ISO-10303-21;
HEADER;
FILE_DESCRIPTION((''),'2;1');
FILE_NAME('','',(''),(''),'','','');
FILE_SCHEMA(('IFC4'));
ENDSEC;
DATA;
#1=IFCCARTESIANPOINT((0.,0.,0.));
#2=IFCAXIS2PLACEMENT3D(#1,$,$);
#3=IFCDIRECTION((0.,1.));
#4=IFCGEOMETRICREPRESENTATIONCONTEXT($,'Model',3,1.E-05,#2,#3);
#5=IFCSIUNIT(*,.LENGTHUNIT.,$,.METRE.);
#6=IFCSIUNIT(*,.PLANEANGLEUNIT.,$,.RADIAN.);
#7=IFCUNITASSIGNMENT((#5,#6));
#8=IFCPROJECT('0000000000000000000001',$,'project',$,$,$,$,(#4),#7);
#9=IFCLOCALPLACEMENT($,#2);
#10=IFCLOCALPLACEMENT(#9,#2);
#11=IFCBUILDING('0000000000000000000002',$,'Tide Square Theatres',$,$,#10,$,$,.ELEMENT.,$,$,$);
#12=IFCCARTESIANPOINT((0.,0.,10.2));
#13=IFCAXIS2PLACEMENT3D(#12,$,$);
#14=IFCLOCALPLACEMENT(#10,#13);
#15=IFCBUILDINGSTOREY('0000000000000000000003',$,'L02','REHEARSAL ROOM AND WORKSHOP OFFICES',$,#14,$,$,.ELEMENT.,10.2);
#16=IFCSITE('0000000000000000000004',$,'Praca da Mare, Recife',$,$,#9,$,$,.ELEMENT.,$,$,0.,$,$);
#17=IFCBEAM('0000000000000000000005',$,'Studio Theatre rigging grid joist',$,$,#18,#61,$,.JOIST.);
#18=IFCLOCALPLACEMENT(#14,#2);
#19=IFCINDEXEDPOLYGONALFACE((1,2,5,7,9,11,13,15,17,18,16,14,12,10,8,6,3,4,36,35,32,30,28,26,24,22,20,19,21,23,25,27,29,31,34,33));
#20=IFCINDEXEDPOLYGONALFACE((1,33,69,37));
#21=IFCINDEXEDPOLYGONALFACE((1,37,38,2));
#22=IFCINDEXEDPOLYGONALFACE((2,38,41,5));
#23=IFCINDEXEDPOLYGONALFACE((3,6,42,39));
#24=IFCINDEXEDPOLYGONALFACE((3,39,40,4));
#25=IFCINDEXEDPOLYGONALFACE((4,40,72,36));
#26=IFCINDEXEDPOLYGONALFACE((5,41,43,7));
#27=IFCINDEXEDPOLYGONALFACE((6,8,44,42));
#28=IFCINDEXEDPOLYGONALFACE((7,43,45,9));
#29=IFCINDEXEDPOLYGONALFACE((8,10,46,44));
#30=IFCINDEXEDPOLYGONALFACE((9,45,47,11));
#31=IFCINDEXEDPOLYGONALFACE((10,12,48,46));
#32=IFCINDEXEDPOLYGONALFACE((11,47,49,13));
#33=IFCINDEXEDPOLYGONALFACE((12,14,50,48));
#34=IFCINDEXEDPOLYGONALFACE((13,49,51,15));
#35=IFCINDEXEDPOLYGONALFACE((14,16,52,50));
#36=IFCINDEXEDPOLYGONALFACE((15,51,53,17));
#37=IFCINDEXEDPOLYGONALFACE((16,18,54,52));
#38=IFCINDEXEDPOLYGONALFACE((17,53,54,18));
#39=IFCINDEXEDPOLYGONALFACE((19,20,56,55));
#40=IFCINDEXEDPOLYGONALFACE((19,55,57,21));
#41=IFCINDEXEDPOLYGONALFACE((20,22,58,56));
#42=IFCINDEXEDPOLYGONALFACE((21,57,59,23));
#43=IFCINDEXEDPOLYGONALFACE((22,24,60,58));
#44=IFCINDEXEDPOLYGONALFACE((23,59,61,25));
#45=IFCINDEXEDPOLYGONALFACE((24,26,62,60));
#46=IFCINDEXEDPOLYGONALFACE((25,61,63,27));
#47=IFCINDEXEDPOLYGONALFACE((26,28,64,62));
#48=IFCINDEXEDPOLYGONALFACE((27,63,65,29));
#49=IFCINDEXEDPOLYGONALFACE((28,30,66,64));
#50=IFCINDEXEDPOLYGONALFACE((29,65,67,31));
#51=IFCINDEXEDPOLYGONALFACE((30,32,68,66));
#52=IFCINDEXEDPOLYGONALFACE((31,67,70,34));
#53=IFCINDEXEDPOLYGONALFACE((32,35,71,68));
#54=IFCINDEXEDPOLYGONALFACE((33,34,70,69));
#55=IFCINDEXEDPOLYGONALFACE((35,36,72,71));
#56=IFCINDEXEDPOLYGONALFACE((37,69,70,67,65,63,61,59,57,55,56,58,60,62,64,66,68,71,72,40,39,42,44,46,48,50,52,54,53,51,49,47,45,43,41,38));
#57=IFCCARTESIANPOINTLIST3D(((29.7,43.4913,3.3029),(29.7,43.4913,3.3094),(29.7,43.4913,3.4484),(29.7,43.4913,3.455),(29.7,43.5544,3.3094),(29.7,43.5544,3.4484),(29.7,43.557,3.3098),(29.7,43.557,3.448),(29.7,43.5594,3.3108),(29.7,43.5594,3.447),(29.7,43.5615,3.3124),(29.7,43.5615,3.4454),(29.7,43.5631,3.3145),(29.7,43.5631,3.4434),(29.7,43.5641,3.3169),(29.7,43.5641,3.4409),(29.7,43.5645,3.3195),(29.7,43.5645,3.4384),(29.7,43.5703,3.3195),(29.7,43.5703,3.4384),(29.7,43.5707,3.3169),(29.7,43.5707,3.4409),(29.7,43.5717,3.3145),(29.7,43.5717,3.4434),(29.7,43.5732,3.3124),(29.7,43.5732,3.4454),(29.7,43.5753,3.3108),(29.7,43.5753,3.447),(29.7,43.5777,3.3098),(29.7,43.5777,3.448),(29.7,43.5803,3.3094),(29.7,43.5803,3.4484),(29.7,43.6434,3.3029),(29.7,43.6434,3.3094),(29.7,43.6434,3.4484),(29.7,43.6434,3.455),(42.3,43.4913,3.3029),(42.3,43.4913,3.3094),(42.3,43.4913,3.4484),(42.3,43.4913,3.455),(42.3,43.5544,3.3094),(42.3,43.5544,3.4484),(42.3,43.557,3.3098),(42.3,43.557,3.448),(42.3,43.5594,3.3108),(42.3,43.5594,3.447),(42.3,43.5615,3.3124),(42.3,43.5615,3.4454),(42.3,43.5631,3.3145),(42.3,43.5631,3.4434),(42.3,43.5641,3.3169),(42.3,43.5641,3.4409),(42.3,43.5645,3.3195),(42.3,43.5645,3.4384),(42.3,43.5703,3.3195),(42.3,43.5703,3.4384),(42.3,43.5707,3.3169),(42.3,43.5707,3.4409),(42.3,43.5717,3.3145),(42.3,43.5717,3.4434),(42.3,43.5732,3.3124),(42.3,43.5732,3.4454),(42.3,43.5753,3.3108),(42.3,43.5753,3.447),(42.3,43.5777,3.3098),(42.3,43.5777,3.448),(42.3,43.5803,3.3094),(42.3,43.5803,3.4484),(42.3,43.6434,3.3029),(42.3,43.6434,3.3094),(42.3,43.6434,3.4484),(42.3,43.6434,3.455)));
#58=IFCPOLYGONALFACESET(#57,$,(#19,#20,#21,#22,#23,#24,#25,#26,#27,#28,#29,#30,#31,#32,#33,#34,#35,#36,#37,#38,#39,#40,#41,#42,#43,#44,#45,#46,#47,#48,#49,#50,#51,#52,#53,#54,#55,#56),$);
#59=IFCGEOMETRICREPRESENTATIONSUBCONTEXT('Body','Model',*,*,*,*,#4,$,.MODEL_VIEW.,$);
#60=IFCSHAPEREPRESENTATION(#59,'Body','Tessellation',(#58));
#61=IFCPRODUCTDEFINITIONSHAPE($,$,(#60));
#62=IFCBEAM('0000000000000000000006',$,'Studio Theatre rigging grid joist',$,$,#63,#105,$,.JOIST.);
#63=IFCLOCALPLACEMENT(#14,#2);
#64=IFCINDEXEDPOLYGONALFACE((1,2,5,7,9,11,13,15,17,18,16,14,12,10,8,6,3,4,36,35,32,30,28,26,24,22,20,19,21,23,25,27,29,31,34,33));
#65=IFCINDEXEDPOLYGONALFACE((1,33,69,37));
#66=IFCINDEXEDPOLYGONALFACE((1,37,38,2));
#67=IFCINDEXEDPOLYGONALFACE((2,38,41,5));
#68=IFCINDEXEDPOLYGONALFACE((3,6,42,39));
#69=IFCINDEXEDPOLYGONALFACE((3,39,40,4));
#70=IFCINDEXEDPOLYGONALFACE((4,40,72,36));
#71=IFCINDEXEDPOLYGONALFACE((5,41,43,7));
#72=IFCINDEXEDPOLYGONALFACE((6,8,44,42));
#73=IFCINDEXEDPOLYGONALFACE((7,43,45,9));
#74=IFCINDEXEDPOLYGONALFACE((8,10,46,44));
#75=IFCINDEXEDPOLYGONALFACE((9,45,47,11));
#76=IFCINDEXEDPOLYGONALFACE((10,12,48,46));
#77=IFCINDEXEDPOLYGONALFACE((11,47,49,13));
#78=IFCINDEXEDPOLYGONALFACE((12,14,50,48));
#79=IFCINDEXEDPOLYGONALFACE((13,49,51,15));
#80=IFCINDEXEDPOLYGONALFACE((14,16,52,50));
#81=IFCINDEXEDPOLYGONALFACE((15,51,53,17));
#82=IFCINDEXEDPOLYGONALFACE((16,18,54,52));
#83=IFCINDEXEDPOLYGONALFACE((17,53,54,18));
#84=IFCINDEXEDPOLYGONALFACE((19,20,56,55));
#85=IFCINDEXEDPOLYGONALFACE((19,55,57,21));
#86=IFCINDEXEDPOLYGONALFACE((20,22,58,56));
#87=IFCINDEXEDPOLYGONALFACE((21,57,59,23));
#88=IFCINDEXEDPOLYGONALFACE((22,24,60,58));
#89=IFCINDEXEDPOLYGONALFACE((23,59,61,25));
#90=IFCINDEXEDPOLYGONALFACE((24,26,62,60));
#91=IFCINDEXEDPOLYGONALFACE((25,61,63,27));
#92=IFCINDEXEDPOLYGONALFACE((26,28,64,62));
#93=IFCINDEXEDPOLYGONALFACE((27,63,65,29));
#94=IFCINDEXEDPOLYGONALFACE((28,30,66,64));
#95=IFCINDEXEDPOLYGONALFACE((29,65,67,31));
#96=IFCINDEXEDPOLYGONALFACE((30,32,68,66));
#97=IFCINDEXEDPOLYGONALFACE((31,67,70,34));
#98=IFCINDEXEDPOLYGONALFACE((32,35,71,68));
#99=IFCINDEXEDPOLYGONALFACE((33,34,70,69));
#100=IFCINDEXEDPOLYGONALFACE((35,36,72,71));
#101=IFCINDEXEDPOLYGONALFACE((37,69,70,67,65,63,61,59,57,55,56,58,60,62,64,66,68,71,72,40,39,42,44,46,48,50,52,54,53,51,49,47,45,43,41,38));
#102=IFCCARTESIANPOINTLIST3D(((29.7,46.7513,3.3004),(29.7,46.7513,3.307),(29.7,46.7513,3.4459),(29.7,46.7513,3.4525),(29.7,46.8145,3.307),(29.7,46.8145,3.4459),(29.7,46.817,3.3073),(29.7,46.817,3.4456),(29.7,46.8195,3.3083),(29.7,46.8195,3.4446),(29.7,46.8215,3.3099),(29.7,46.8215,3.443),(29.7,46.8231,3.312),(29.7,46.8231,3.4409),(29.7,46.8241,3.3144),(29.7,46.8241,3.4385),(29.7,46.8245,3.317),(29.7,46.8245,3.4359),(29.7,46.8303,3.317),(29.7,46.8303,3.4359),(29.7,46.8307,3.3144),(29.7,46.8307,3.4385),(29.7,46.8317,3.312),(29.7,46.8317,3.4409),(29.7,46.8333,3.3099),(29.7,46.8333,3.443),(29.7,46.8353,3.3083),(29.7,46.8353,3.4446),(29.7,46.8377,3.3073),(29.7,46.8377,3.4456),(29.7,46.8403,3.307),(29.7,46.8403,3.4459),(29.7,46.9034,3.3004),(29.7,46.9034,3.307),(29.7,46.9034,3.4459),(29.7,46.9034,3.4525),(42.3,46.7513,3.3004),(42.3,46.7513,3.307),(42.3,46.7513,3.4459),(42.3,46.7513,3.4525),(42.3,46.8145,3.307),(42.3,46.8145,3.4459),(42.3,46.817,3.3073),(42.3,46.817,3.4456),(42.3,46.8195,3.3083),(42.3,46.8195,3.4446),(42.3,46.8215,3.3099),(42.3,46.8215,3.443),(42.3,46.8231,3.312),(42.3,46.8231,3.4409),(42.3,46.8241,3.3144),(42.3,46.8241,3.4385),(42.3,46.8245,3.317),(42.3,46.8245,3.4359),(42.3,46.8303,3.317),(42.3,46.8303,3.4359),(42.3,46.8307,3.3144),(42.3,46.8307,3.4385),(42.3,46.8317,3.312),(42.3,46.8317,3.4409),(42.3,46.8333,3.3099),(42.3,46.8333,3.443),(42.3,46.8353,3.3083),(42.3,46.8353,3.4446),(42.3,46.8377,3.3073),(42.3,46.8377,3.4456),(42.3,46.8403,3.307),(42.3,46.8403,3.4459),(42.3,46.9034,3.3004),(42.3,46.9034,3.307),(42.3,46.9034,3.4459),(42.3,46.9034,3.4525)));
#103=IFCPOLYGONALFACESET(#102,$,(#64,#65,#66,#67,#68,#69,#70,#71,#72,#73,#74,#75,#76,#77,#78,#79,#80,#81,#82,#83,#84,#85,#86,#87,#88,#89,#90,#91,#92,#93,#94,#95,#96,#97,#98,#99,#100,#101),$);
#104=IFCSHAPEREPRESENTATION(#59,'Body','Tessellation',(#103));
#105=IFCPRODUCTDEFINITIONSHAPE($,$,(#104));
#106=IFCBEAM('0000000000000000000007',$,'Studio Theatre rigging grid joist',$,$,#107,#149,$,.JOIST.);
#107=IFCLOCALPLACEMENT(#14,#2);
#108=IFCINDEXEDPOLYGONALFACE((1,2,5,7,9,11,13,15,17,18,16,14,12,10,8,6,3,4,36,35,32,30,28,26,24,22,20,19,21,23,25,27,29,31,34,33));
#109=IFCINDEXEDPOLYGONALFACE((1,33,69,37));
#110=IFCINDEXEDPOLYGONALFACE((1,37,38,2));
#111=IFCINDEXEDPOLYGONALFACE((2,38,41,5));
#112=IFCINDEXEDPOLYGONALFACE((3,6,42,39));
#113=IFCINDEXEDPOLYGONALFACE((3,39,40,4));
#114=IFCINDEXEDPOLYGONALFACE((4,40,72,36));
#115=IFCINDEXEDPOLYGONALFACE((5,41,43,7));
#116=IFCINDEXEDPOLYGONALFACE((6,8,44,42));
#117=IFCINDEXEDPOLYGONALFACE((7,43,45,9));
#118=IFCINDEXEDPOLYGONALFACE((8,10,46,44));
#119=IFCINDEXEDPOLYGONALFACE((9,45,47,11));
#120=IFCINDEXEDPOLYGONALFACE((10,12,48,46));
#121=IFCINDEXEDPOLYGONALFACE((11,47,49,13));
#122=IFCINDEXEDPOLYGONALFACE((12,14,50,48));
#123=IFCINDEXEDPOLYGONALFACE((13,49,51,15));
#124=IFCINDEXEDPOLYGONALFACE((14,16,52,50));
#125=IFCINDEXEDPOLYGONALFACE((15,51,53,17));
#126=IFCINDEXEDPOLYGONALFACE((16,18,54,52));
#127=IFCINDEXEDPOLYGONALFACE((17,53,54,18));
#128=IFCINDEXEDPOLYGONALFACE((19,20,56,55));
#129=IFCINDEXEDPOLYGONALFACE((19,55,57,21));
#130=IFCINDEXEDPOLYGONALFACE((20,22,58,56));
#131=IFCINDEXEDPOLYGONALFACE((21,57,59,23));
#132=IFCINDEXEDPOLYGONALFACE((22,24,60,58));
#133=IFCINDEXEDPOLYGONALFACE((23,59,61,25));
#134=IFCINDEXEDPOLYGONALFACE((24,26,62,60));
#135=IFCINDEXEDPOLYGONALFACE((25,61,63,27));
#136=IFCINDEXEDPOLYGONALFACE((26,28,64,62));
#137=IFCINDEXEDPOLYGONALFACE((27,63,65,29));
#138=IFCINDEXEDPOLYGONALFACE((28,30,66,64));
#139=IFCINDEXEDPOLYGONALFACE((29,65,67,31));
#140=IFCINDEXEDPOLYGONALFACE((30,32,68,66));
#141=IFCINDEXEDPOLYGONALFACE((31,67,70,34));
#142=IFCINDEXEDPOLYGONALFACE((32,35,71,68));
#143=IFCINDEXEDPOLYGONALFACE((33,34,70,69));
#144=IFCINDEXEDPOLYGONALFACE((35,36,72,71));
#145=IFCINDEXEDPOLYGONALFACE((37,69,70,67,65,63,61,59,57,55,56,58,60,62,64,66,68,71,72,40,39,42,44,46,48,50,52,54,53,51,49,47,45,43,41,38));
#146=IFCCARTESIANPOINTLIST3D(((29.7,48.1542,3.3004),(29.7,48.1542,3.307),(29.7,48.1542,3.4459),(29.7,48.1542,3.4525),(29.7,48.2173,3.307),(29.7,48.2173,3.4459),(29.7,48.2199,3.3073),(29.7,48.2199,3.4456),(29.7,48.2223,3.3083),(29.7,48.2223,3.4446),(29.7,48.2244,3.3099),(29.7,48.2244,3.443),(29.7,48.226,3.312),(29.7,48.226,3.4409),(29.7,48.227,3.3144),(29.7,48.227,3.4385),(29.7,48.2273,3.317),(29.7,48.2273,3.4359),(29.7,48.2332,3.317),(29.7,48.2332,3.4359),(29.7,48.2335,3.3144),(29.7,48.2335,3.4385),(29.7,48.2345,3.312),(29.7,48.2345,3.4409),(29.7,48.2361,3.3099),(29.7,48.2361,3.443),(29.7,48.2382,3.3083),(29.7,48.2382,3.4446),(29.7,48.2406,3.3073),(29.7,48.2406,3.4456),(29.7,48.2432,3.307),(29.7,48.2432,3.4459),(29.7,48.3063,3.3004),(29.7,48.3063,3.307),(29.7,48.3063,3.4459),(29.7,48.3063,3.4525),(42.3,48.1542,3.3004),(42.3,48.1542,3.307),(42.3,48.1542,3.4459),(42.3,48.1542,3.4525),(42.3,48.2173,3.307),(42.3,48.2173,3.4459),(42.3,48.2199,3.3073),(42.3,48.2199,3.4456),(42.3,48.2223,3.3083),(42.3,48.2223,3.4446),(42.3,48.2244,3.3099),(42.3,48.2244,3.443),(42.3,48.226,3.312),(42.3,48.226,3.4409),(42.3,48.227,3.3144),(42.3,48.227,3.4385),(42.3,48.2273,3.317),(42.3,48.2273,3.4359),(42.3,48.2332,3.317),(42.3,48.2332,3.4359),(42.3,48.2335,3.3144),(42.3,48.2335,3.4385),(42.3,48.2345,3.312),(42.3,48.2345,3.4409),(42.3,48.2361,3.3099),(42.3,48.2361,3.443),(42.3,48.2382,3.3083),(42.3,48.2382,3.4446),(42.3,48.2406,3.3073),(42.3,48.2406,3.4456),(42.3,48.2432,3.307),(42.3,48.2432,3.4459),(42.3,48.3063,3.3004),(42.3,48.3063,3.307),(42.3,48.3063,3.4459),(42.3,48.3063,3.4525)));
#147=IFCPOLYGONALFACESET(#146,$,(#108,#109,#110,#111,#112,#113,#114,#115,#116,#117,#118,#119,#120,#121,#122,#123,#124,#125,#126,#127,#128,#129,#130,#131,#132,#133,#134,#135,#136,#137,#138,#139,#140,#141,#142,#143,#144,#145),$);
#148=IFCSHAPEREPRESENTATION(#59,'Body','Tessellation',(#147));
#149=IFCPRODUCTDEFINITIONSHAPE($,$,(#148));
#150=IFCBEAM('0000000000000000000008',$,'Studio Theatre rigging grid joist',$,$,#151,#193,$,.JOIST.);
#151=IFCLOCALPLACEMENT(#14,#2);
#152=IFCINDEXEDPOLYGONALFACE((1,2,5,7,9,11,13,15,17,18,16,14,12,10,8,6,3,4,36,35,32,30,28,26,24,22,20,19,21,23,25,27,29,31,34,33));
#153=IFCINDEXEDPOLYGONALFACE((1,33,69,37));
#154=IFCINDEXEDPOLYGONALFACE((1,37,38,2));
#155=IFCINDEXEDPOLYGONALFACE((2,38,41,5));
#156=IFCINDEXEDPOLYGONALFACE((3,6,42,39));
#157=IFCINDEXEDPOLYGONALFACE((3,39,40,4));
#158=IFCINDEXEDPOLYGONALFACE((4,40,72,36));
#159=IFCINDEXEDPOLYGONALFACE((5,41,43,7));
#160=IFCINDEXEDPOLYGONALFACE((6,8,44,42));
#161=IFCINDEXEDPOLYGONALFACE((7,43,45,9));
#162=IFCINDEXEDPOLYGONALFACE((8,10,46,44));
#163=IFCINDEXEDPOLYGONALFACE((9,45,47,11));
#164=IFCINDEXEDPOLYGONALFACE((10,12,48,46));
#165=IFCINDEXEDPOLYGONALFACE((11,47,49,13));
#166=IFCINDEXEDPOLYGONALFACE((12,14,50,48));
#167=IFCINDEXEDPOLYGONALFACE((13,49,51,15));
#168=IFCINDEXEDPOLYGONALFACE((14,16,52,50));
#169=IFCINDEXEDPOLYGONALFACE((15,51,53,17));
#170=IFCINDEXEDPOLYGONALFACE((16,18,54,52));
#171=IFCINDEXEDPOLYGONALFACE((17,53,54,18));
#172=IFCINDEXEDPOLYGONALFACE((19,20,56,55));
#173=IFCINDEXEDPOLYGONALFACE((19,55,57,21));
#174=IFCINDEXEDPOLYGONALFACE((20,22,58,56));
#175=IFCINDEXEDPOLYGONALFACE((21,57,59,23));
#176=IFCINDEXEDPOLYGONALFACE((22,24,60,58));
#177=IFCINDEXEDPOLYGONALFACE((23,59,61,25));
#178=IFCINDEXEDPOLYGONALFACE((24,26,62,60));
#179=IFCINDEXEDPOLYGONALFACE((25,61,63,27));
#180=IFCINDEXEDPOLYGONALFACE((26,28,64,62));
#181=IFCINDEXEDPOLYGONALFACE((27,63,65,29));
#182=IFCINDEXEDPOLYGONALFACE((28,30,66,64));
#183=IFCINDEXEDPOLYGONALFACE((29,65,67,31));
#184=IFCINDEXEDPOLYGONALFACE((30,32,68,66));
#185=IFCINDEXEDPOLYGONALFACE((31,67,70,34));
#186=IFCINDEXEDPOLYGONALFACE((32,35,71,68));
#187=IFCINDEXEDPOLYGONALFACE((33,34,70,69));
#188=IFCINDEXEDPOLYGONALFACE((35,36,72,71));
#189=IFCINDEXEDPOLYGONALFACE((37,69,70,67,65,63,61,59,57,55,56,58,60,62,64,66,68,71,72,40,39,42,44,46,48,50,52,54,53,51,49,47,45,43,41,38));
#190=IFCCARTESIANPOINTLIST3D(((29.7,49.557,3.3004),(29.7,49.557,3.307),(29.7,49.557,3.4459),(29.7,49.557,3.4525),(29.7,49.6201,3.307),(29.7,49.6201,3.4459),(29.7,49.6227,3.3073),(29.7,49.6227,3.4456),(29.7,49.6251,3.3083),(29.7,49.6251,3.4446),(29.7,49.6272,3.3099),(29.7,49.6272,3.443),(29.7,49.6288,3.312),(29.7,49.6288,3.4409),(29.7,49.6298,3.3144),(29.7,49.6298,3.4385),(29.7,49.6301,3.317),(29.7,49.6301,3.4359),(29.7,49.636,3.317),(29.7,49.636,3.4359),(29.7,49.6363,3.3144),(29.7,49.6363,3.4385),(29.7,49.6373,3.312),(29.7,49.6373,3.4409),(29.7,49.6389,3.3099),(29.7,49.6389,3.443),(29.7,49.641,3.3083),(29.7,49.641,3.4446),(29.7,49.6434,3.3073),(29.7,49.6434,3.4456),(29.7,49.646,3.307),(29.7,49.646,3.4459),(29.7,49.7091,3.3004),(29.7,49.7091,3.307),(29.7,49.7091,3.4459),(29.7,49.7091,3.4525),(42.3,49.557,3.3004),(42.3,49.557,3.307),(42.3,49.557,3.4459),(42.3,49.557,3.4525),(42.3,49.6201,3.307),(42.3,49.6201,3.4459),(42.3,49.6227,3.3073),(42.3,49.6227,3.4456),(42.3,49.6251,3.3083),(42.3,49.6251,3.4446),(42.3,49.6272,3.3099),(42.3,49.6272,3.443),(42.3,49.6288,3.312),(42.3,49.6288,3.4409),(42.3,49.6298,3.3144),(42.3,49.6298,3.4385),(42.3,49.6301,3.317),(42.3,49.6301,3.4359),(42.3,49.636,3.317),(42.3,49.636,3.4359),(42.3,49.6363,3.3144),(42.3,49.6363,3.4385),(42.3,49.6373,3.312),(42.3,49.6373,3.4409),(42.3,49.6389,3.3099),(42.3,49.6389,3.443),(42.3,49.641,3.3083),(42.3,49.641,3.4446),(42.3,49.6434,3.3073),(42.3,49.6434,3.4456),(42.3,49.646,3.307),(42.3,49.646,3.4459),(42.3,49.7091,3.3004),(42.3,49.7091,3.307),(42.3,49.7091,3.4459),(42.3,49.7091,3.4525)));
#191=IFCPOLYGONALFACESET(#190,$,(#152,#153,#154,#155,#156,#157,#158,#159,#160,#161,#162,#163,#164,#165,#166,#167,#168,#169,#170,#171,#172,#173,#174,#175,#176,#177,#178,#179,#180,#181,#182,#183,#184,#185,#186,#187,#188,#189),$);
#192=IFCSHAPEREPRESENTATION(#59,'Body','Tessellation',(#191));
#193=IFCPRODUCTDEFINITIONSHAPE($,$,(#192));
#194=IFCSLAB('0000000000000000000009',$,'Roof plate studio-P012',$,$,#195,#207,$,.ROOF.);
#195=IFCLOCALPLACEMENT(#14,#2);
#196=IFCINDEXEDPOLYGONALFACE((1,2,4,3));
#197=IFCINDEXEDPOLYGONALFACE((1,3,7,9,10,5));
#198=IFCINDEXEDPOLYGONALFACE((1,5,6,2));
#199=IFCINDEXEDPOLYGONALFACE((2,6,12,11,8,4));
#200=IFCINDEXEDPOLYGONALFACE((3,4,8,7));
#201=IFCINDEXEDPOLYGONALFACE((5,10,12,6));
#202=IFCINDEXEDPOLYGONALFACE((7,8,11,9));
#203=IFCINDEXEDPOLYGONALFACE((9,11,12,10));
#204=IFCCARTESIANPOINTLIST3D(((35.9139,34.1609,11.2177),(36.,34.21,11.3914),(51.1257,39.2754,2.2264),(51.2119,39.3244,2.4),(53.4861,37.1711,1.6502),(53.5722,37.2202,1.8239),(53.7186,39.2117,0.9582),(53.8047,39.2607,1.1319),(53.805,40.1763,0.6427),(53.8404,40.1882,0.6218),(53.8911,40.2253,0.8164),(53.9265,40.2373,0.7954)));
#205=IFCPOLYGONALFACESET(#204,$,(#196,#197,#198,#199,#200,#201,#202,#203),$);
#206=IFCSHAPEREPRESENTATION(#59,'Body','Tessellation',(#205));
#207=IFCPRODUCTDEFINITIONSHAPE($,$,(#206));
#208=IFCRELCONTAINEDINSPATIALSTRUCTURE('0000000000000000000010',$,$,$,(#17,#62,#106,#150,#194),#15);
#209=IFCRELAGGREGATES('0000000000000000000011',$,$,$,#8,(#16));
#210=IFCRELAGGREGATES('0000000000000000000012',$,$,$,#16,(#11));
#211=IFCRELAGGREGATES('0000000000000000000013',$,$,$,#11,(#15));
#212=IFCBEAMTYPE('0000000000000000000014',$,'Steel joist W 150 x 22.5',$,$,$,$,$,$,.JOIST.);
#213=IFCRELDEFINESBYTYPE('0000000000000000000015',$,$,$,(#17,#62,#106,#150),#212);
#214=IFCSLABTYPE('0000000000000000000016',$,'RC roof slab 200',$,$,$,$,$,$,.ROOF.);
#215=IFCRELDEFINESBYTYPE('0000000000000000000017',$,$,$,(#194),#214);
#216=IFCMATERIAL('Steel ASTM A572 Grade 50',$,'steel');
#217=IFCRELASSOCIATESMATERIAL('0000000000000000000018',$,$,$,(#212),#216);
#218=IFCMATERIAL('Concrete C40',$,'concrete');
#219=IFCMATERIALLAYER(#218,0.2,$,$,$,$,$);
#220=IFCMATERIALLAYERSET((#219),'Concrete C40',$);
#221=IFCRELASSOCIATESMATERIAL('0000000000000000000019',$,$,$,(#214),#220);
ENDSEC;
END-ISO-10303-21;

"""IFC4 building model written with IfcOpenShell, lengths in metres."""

from ifc_helpers import new_model, si_unit, direction, frame, origin, origin_2d, place, context, subcontext, project, spatial, polyline, i_section, outline, extrude, material, layer, layer_set, material_profile, profile_set, type_object, element, save


model = new_model("IFC4")

# Units and contexts
model_context = context("Model", 3, precision=1e-05, world=origin(), true_north=direction((0.0, 1.0)))
body_context = subcontext(model_context, "Body", "Model", "MODEL_VIEW")
ifc_project = project(units=[si_unit("LENGTHUNIT", "METRE"), si_unit("PLANEANGLEUNIT", "RADIAN")], contexts=[model_context])

# Site, building, storey
site_placement = place(None, origin())
site = spatial("IfcSite", under=ifc_project, at=site_placement, Name="Praca da Mare, Recife", CompositionType="ELEMENT", RefElevation=0.0)
building_placement = place(site_placement, origin())
building = spatial("IfcBuilding", under=site, at=building_placement, Name="Tide Square Theatres", CompositionType="ELEMENT")
storey_placement = place(building_placement, frame((0.0, 0.0, 10.2)))
storey = spatial("IfcBuildingStorey", under=building, at=storey_placement, Name="L02", Description="REHEARSAL ROOM AND WORKSHOP OFFICES", CompositionType="ELEMENT", Elevation=10.2)

# Beams
ifc_material_1 = material(Name="Steel ASTM A572 Grade 50", Category="steel")
ifc_material_profile_1 = material_profile(ifc_material_1, i_section(OverallWidth=0.1521, OverallDepth=0.1521, WebThickness=0.0059, FlangeThickness=0.0066, FilletRadius=0.01, at=origin_2d()))
ifc_profile_set_1 = profile_set([ifc_material_profile_1], Name="Steel ASTM A572 Grade 50")
beam_type_1 = type_object("IfcBeamType", Name="Steel joist W 150 x 22.5", PredefinedType="JOIST", material=ifc_profile_set_1)
for number, where, z_axis, x_axis, name in (
    (1, (42.3, 43.5674, 3.3789), (-1.0, 0.0, 0.0), (0.0, -1.0, 0.0), "Studio Theatre rigging grid joist"),
    (2, (42.3, 46.8274, 3.3765), (-1.0, 0.0, 0.0), (0.0, -1.0, 0.0), "Studio Theatre rigging grid joist"),
    (3, (42.3, 48.2302, 3.3765), (-1.0, 0.0, 0.0), (0.0, -1.0, 0.0), "Studio Theatre rigging grid joist"),
    (4, (42.3, 49.6331, 3.3765), (-1.0, 0.0, 0.0), (0.0, -1.0, 0.0), "Studio Theatre rigging grid joist"),
):
    element("IfcBeam", number, at=place(storey_placement, frame(where, z_axis=z_axis, x_axis=x_axis)), inside=storey, type_object=beam_type_1, Name=name, PredefinedType="JOIST", context=body_context, shape_type="SweptSolid", body=[
        extrude(i_section(OverallWidth=0.1521, OverallDepth=0.1521, WebThickness=0.0059, FlangeThickness=0.0066, FilletRadius=0.01, at=origin_2d()), origin(), (0.0, 0.0, 1.0), 12.6001),
    ])

# Slab
ifc_material_2 = material(Name="Concrete C40", Category="concrete")
ifc_layer = layer(ifc_material_2, 0.2)
ifc_layer_set = layer_set([ifc_layer], Name="Concrete C40")
slab_type = type_object("IfcSlabType", Name="RC roof slab 200", PredefinedType="ROOF", material=ifc_layer_set)
slab_1_placement = place(storey_placement, frame((36.0, 34.21, 11.3914), z_axis=(0.43079, 0.245433, 0.868437), x_axis=(0.868486, 0.148777, -0.472861)))
element("IfcSlab", 5, at=slab_1_placement, inside=storey, type_object=slab_type, Name="Roof plate studio-P012", PredefinedType="ROOF", context=body_context, shape_type="SweptSolid", body=[
    extrude(outline(polyline([(0.0, 0.0), (20.2332, 0.0), (21.4761, 2.9566), (21.4336, 2.9507), (21.0659, 2.0008), (18.2238, 2.5087), (0.0, 0.0)])), origin(), (0.0, 0.0, -1.0), 0.2),
])

save(model, "model.ifc")
